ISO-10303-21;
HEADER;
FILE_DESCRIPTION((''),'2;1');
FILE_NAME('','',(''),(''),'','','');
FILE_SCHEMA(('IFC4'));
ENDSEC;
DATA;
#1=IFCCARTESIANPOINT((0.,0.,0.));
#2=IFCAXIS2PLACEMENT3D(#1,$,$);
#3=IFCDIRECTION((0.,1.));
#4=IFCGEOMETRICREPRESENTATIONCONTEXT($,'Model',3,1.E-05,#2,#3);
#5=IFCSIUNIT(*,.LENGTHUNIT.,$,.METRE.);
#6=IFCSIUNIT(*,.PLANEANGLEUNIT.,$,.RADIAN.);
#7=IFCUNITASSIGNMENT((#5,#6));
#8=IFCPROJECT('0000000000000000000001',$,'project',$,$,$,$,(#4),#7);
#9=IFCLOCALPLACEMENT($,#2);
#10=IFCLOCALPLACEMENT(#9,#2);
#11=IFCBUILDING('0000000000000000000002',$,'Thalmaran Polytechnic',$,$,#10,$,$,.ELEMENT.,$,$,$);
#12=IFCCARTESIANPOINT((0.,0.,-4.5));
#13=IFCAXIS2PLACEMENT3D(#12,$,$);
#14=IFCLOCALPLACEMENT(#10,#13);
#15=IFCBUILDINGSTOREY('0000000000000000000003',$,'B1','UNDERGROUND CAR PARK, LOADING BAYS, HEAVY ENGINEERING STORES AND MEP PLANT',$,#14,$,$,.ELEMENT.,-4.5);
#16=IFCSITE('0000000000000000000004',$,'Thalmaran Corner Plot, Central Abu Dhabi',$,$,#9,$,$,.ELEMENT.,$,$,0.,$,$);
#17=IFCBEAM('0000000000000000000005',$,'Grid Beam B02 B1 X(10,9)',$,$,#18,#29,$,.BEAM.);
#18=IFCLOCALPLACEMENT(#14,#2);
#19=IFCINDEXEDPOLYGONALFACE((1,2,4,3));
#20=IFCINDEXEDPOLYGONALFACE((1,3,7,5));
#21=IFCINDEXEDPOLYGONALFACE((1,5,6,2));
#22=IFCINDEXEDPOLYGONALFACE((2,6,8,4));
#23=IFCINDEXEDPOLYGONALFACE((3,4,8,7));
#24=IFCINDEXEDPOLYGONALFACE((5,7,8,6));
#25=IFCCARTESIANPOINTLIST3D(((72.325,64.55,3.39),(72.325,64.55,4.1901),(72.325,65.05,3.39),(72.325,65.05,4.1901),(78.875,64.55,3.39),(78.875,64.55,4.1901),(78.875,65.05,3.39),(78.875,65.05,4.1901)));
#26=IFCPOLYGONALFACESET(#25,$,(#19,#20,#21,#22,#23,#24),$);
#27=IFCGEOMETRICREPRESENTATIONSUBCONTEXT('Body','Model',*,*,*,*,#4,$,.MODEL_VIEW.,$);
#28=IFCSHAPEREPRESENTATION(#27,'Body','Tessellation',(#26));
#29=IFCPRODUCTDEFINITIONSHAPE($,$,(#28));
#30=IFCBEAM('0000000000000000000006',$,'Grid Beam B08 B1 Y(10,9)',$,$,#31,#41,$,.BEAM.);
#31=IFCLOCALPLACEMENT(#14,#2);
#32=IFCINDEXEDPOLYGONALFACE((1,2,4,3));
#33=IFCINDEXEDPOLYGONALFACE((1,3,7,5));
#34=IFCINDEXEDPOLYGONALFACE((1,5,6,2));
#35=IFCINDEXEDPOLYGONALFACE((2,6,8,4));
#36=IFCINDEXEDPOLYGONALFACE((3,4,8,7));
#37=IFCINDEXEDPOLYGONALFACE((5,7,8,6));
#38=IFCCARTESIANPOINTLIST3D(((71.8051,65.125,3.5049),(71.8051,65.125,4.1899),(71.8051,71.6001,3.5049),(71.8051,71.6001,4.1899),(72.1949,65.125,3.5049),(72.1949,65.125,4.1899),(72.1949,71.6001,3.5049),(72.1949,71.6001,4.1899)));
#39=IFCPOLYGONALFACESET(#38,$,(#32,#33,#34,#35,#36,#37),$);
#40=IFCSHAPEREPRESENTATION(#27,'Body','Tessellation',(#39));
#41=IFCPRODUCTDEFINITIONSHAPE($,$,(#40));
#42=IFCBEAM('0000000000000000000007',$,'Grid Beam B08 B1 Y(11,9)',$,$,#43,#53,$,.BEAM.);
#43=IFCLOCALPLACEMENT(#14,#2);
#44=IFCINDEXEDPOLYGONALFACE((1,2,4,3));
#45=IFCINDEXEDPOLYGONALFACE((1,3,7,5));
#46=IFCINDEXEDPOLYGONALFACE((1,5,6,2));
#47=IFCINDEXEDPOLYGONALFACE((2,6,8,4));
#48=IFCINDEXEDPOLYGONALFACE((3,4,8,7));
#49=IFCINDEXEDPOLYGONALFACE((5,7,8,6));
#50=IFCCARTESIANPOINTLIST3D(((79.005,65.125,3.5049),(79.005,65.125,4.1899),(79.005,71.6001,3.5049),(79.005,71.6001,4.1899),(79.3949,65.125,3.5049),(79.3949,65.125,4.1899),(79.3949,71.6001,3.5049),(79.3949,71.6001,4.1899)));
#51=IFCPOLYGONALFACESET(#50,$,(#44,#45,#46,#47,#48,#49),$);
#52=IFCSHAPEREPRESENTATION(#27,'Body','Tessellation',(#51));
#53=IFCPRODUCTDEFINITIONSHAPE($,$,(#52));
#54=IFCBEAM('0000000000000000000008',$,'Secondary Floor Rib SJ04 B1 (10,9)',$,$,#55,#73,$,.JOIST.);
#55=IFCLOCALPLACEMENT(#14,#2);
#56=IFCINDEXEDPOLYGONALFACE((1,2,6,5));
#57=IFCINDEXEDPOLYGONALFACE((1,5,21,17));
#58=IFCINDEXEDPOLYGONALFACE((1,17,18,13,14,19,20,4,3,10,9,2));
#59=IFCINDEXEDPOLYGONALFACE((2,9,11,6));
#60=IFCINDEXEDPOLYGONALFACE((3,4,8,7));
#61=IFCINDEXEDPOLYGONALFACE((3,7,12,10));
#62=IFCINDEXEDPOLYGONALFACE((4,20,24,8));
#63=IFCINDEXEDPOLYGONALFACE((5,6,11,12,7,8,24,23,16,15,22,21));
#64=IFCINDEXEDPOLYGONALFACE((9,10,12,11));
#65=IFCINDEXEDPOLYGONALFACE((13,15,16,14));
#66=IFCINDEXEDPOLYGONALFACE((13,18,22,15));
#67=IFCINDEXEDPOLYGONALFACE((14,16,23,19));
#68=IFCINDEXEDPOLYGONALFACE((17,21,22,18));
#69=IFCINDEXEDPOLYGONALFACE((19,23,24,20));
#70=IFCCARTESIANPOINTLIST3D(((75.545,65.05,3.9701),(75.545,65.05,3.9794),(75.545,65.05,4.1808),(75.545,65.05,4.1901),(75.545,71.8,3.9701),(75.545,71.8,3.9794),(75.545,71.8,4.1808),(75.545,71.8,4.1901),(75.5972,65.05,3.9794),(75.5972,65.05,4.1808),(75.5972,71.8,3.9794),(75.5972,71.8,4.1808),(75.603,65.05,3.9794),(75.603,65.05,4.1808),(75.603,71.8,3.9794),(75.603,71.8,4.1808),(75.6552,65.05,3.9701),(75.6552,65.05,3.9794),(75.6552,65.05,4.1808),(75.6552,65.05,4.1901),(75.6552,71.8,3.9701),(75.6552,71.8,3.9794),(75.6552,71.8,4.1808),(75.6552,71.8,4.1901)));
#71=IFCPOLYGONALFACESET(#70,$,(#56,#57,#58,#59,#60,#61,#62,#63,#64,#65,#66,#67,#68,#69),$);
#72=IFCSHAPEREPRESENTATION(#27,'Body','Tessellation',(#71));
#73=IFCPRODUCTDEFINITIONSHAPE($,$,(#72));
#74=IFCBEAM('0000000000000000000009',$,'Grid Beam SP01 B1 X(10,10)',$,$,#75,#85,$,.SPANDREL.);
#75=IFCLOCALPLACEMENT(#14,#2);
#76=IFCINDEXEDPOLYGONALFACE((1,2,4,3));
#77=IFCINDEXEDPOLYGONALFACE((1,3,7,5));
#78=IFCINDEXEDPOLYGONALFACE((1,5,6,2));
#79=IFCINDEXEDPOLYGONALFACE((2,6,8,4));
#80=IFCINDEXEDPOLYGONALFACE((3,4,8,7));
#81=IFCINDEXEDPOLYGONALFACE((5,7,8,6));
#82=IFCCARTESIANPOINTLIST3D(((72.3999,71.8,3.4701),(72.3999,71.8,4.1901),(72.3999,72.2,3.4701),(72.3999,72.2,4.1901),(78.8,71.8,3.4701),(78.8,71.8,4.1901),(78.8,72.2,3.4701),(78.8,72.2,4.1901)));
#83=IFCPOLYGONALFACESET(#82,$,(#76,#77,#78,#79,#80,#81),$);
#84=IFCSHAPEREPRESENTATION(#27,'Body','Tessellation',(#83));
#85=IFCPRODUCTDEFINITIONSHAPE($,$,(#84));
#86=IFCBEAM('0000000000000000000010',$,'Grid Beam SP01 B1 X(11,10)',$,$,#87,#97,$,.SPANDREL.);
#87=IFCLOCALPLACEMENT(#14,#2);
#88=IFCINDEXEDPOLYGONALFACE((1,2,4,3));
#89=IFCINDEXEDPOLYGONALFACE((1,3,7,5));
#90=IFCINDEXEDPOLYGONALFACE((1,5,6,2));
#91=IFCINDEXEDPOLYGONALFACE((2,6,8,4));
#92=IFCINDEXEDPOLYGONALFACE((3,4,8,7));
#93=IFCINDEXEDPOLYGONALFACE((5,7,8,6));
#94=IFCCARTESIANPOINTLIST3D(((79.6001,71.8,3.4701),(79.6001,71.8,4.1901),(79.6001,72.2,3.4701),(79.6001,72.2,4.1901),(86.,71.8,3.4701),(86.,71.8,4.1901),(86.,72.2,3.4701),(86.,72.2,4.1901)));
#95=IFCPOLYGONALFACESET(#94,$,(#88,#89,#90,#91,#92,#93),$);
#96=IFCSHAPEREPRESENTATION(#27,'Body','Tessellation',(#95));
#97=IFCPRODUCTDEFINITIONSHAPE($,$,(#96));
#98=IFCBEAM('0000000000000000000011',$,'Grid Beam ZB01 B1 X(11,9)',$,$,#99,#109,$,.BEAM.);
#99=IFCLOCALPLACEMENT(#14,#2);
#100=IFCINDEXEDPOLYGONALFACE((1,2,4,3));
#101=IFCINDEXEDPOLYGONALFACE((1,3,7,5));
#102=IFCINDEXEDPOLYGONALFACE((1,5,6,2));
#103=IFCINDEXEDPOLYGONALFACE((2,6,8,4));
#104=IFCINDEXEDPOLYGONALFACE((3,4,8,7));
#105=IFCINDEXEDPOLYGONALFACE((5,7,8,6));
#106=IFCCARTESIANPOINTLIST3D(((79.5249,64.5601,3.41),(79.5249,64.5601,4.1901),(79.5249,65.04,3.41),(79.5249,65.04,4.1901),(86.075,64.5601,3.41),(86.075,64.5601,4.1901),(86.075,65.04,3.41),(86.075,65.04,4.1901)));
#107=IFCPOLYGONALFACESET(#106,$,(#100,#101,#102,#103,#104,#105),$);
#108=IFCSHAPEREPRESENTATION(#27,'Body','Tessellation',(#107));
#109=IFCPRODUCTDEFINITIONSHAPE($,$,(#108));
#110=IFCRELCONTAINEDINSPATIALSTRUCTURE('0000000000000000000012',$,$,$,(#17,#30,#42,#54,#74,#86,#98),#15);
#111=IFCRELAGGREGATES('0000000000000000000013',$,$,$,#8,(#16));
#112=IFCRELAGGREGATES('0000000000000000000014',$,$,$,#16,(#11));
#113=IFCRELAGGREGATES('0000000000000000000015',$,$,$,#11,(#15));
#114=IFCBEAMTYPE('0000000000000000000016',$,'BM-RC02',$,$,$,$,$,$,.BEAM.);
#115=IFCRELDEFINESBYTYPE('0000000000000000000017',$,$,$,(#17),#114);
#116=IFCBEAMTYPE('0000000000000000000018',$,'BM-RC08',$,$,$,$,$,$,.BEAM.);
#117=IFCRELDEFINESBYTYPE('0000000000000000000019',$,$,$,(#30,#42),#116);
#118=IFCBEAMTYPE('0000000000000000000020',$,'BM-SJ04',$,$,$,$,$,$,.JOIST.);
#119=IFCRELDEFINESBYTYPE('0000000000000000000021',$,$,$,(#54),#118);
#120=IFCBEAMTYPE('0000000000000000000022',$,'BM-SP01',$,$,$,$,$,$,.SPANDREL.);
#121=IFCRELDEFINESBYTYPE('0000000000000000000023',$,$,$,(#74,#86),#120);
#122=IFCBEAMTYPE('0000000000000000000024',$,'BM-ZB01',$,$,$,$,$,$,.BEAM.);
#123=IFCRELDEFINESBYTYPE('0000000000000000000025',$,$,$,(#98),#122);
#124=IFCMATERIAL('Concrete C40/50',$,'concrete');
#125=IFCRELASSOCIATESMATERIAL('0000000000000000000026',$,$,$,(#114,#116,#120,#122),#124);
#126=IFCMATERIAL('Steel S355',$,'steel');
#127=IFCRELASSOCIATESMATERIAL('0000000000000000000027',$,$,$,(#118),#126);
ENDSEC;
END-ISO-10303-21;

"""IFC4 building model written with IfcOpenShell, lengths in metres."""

from ifc_helpers import new_model, si_unit, direction, frame, origin, origin_2d, place, context, subcontext, project, spatial, rectangle, i_section, extrude, material, material_profile, profile_set, type_object, element, save


model = new_model("IFC4")

# Units and contexts
model_context = context("Model", 3, precision=1e-05, world=origin(), true_north=direction((0.0, 1.0)))
body_context = subcontext(model_context, "Body", "Model", "MODEL_VIEW")
ifc_project = project(units=[si_unit("LENGTHUNIT", "METRE"), si_unit("PLANEANGLEUNIT", "RADIAN")], contexts=[model_context])

# Site, building, storey
site_placement = place(None, origin())
site = spatial("IfcSite", under=ifc_project, at=site_placement, Name="Thalmaran Corner Plot, Central Abu Dhabi", CompositionType="ELEMENT", RefElevation=0.0)
building_placement = place(site_placement, origin())
building = spatial("IfcBuilding", under=site, at=building_placement, Name="Thalmaran Polytechnic", CompositionType="ELEMENT")
storey_placement = place(building_placement, frame((0.0, 0.0, -4.5)))
storey = spatial("IfcBuildingStorey", under=building, at=storey_placement, Name="B1", Description="UNDERGROUND CAR PARK, LOADING BAYS, HEAVY ENGINEERING STORES AND MEP PLANT", CompositionType="ELEMENT", Elevation=-4.5)

# Shared definitions
ifc_material_1 = material(Name="Concrete C40/50", Category="concrete")

# Beams
ifc_material_profile_1 = material_profile(ifc_material_1, rectangle(XDim=0.5, YDim=0.8, at=origin_2d()), Name="RC 500x800")
ifc_profile_set_1 = profile_set([ifc_material_profile_1], Name="Concrete C40/50")
beam_type_1 = type_object("IfcBeamType", Name="BM-RC02", PredefinedType="BEAM", material=ifc_profile_set_1)
beam_1_placement = place(storey_placement, frame((72.325, 64.8, 3.79), z_axis=(1.0, 0.0, 0.0), x_axis=(0.0, 1.0, 0.0)))
element("IfcBeam", 1, at=beam_1_placement, inside=storey, type_object=beam_type_1, Name="Grid Beam B02 B1 X(10,9)", PredefinedType="BEAM", context=body_context, shape_type="SweptSolid", body=[
    extrude(rectangle(XDim=0.5, YDim=0.8, at=origin_2d()), origin(), (0.0, 0.0, 1.0), 6.55),
])
ifc_material_profile_2 = material_profile(ifc_material_1, rectangle(XDim=0.3899, YDim=0.6851, at=origin_2d()), Name="RC 390x685")
ifc_profile_set_2 = profile_set([ifc_material_profile_2], Name="Concrete C40/50")
beam_type_2 = type_object("IfcBeamType", Name="BM-RC08", PredefinedType="BEAM", material=ifc_profile_set_2)
for number, where, z_axis, x_axis, name in (
    (2, (72.0, 65.125, 3.8474), (0.0, 1.0, 0.0), (-1.0, 0.0, 0.0), "Grid Beam B08 B1 Y(10,9)"),
    (3, (79.2, 65.125, 3.8474), (0.0, 1.0, 0.0), (-1.0, 0.0, 0.0), "Grid Beam B08 B1 Y(11,9)"),
):
    element("IfcBeam", number, at=place(storey_placement, frame(where, z_axis=z_axis, x_axis=x_axis)), inside=storey, type_object=beam_type_2, Name=name, PredefinedType="BEAM", context=body_context, shape_type="SweptSolid", body=[
        extrude(rectangle(XDim=0.3899, YDim=0.6851, at=origin_2d()), origin(), (0.0, 0.0, 1.0), 6.4751),
    ])
ifc_material_2 = material(Name="Steel S355", Category="steel")
ifc_material_profile_3 = material_profile(ifc_material_2, i_section(OverallWidth=0.1101, OverallDepth=0.22, WebThickness=0.0059, FlangeThickness=0.0093, at=origin_2d()), Name="IPE 220")
ifc_profile_set_3 = profile_set([ifc_material_profile_3], Name="Steel S355")
beam_type_3 = type_object("IfcBeamType", Name="BM-SJ04", PredefinedType="JOIST", material=ifc_profile_set_3)
beam_2_placement = place(storey_placement, frame((75.6001, 65.05, 4.0801), z_axis=(0.0, 1.0, 0.0), x_axis=(-1.0, 0.0, 0.0)))
element("IfcBeam", 4, at=beam_2_placement, inside=storey, type_object=beam_type_3, Name="Secondary Floor Rib SJ04 B1 (10,9)", PredefinedType="JOIST", context=body_context, shape_type="SweptSolid", body=[
    extrude(i_section(OverallWidth=0.1101, OverallDepth=0.22, WebThickness=0.0059, FlangeThickness=0.0093, at=origin_2d()), origin(), (0.0, 0.0, 1.0), 6.75),
])
ifc_material_profile_4 = material_profile(ifc_material_1, rectangle(XDim=0.3999, YDim=0.72, at=origin_2d()), Name="RC 400x720")
ifc_profile_set_4 = profile_set([ifc_material_profile_4], Name="Concrete C40/50")
beam_type_4 = type_object("IfcBeamType", Name="BM-SP01", PredefinedType="SPANDREL", material=ifc_profile_set_4)
beam_3_placement = place(storey_placement, frame((72.3999, 72.0, 3.8301), z_axis=(1.0, 0.0, 0.0), x_axis=(0.0, 1.0, 0.0)))
element("IfcBeam", 5, at=beam_3_placement, inside=storey, type_object=beam_type_4, Name="Grid Beam SP01 B1 X(10,10)", PredefinedType="SPANDREL", context=body_context, shape_type="SweptSolid", body=[
    extrude(rectangle(XDim=0.3999, YDim=0.72, at=origin_2d()), origin(), (0.0, 0.0, 1.0), 6.4001),
])
beam_4_placement = place(storey_placement, frame((79.6001, 72.0, 3.8301), z_axis=(1.0, 0.0, 0.0), x_axis=(0.0, 1.0, 0.0)))
element("IfcBeam", 6, at=beam_4_placement, inside=storey, type_object=beam_type_4, Name="Grid Beam SP01 B1 X(11,10)", PredefinedType="SPANDREL", context=body_context, shape_type="SweptSolid", body=[
    extrude(rectangle(XDim=0.3999, YDim=0.72, at=origin_2d()), origin(), (0.0, 0.0, 1.0), 6.3999),
])
ifc_material_profile_5 = material_profile(ifc_material_1, rectangle(XDim=0.48, YDim=0.78, at=origin_2d()), Name="RC 480x780")
ifc_profile_set_5 = profile_set([ifc_material_profile_5], Name="Concrete C40/50")
beam_type_5 = type_object("IfcBeamType", Name="BM-ZB01", PredefinedType="BEAM", material=ifc_profile_set_5)
beam_5_placement = place(storey_placement, frame((79.5249, 64.8, 3.8), z_axis=(1.0, 0.0, 0.0), x_axis=(0.0, 1.0, 0.0)))
element("IfcBeam", 7, at=beam_5_placement, inside=storey, type_object=beam_type_5, Name="Grid Beam ZB01 B1 X(11,9)", PredefinedType="BEAM", context=body_context, shape_type="SweptSolid", body=[
    extrude(rectangle(XDim=0.48, YDim=0.78, at=origin_2d()), origin(), (0.0, 0.0, 1.0), 6.55),
])

save(model, "model.ifc")
